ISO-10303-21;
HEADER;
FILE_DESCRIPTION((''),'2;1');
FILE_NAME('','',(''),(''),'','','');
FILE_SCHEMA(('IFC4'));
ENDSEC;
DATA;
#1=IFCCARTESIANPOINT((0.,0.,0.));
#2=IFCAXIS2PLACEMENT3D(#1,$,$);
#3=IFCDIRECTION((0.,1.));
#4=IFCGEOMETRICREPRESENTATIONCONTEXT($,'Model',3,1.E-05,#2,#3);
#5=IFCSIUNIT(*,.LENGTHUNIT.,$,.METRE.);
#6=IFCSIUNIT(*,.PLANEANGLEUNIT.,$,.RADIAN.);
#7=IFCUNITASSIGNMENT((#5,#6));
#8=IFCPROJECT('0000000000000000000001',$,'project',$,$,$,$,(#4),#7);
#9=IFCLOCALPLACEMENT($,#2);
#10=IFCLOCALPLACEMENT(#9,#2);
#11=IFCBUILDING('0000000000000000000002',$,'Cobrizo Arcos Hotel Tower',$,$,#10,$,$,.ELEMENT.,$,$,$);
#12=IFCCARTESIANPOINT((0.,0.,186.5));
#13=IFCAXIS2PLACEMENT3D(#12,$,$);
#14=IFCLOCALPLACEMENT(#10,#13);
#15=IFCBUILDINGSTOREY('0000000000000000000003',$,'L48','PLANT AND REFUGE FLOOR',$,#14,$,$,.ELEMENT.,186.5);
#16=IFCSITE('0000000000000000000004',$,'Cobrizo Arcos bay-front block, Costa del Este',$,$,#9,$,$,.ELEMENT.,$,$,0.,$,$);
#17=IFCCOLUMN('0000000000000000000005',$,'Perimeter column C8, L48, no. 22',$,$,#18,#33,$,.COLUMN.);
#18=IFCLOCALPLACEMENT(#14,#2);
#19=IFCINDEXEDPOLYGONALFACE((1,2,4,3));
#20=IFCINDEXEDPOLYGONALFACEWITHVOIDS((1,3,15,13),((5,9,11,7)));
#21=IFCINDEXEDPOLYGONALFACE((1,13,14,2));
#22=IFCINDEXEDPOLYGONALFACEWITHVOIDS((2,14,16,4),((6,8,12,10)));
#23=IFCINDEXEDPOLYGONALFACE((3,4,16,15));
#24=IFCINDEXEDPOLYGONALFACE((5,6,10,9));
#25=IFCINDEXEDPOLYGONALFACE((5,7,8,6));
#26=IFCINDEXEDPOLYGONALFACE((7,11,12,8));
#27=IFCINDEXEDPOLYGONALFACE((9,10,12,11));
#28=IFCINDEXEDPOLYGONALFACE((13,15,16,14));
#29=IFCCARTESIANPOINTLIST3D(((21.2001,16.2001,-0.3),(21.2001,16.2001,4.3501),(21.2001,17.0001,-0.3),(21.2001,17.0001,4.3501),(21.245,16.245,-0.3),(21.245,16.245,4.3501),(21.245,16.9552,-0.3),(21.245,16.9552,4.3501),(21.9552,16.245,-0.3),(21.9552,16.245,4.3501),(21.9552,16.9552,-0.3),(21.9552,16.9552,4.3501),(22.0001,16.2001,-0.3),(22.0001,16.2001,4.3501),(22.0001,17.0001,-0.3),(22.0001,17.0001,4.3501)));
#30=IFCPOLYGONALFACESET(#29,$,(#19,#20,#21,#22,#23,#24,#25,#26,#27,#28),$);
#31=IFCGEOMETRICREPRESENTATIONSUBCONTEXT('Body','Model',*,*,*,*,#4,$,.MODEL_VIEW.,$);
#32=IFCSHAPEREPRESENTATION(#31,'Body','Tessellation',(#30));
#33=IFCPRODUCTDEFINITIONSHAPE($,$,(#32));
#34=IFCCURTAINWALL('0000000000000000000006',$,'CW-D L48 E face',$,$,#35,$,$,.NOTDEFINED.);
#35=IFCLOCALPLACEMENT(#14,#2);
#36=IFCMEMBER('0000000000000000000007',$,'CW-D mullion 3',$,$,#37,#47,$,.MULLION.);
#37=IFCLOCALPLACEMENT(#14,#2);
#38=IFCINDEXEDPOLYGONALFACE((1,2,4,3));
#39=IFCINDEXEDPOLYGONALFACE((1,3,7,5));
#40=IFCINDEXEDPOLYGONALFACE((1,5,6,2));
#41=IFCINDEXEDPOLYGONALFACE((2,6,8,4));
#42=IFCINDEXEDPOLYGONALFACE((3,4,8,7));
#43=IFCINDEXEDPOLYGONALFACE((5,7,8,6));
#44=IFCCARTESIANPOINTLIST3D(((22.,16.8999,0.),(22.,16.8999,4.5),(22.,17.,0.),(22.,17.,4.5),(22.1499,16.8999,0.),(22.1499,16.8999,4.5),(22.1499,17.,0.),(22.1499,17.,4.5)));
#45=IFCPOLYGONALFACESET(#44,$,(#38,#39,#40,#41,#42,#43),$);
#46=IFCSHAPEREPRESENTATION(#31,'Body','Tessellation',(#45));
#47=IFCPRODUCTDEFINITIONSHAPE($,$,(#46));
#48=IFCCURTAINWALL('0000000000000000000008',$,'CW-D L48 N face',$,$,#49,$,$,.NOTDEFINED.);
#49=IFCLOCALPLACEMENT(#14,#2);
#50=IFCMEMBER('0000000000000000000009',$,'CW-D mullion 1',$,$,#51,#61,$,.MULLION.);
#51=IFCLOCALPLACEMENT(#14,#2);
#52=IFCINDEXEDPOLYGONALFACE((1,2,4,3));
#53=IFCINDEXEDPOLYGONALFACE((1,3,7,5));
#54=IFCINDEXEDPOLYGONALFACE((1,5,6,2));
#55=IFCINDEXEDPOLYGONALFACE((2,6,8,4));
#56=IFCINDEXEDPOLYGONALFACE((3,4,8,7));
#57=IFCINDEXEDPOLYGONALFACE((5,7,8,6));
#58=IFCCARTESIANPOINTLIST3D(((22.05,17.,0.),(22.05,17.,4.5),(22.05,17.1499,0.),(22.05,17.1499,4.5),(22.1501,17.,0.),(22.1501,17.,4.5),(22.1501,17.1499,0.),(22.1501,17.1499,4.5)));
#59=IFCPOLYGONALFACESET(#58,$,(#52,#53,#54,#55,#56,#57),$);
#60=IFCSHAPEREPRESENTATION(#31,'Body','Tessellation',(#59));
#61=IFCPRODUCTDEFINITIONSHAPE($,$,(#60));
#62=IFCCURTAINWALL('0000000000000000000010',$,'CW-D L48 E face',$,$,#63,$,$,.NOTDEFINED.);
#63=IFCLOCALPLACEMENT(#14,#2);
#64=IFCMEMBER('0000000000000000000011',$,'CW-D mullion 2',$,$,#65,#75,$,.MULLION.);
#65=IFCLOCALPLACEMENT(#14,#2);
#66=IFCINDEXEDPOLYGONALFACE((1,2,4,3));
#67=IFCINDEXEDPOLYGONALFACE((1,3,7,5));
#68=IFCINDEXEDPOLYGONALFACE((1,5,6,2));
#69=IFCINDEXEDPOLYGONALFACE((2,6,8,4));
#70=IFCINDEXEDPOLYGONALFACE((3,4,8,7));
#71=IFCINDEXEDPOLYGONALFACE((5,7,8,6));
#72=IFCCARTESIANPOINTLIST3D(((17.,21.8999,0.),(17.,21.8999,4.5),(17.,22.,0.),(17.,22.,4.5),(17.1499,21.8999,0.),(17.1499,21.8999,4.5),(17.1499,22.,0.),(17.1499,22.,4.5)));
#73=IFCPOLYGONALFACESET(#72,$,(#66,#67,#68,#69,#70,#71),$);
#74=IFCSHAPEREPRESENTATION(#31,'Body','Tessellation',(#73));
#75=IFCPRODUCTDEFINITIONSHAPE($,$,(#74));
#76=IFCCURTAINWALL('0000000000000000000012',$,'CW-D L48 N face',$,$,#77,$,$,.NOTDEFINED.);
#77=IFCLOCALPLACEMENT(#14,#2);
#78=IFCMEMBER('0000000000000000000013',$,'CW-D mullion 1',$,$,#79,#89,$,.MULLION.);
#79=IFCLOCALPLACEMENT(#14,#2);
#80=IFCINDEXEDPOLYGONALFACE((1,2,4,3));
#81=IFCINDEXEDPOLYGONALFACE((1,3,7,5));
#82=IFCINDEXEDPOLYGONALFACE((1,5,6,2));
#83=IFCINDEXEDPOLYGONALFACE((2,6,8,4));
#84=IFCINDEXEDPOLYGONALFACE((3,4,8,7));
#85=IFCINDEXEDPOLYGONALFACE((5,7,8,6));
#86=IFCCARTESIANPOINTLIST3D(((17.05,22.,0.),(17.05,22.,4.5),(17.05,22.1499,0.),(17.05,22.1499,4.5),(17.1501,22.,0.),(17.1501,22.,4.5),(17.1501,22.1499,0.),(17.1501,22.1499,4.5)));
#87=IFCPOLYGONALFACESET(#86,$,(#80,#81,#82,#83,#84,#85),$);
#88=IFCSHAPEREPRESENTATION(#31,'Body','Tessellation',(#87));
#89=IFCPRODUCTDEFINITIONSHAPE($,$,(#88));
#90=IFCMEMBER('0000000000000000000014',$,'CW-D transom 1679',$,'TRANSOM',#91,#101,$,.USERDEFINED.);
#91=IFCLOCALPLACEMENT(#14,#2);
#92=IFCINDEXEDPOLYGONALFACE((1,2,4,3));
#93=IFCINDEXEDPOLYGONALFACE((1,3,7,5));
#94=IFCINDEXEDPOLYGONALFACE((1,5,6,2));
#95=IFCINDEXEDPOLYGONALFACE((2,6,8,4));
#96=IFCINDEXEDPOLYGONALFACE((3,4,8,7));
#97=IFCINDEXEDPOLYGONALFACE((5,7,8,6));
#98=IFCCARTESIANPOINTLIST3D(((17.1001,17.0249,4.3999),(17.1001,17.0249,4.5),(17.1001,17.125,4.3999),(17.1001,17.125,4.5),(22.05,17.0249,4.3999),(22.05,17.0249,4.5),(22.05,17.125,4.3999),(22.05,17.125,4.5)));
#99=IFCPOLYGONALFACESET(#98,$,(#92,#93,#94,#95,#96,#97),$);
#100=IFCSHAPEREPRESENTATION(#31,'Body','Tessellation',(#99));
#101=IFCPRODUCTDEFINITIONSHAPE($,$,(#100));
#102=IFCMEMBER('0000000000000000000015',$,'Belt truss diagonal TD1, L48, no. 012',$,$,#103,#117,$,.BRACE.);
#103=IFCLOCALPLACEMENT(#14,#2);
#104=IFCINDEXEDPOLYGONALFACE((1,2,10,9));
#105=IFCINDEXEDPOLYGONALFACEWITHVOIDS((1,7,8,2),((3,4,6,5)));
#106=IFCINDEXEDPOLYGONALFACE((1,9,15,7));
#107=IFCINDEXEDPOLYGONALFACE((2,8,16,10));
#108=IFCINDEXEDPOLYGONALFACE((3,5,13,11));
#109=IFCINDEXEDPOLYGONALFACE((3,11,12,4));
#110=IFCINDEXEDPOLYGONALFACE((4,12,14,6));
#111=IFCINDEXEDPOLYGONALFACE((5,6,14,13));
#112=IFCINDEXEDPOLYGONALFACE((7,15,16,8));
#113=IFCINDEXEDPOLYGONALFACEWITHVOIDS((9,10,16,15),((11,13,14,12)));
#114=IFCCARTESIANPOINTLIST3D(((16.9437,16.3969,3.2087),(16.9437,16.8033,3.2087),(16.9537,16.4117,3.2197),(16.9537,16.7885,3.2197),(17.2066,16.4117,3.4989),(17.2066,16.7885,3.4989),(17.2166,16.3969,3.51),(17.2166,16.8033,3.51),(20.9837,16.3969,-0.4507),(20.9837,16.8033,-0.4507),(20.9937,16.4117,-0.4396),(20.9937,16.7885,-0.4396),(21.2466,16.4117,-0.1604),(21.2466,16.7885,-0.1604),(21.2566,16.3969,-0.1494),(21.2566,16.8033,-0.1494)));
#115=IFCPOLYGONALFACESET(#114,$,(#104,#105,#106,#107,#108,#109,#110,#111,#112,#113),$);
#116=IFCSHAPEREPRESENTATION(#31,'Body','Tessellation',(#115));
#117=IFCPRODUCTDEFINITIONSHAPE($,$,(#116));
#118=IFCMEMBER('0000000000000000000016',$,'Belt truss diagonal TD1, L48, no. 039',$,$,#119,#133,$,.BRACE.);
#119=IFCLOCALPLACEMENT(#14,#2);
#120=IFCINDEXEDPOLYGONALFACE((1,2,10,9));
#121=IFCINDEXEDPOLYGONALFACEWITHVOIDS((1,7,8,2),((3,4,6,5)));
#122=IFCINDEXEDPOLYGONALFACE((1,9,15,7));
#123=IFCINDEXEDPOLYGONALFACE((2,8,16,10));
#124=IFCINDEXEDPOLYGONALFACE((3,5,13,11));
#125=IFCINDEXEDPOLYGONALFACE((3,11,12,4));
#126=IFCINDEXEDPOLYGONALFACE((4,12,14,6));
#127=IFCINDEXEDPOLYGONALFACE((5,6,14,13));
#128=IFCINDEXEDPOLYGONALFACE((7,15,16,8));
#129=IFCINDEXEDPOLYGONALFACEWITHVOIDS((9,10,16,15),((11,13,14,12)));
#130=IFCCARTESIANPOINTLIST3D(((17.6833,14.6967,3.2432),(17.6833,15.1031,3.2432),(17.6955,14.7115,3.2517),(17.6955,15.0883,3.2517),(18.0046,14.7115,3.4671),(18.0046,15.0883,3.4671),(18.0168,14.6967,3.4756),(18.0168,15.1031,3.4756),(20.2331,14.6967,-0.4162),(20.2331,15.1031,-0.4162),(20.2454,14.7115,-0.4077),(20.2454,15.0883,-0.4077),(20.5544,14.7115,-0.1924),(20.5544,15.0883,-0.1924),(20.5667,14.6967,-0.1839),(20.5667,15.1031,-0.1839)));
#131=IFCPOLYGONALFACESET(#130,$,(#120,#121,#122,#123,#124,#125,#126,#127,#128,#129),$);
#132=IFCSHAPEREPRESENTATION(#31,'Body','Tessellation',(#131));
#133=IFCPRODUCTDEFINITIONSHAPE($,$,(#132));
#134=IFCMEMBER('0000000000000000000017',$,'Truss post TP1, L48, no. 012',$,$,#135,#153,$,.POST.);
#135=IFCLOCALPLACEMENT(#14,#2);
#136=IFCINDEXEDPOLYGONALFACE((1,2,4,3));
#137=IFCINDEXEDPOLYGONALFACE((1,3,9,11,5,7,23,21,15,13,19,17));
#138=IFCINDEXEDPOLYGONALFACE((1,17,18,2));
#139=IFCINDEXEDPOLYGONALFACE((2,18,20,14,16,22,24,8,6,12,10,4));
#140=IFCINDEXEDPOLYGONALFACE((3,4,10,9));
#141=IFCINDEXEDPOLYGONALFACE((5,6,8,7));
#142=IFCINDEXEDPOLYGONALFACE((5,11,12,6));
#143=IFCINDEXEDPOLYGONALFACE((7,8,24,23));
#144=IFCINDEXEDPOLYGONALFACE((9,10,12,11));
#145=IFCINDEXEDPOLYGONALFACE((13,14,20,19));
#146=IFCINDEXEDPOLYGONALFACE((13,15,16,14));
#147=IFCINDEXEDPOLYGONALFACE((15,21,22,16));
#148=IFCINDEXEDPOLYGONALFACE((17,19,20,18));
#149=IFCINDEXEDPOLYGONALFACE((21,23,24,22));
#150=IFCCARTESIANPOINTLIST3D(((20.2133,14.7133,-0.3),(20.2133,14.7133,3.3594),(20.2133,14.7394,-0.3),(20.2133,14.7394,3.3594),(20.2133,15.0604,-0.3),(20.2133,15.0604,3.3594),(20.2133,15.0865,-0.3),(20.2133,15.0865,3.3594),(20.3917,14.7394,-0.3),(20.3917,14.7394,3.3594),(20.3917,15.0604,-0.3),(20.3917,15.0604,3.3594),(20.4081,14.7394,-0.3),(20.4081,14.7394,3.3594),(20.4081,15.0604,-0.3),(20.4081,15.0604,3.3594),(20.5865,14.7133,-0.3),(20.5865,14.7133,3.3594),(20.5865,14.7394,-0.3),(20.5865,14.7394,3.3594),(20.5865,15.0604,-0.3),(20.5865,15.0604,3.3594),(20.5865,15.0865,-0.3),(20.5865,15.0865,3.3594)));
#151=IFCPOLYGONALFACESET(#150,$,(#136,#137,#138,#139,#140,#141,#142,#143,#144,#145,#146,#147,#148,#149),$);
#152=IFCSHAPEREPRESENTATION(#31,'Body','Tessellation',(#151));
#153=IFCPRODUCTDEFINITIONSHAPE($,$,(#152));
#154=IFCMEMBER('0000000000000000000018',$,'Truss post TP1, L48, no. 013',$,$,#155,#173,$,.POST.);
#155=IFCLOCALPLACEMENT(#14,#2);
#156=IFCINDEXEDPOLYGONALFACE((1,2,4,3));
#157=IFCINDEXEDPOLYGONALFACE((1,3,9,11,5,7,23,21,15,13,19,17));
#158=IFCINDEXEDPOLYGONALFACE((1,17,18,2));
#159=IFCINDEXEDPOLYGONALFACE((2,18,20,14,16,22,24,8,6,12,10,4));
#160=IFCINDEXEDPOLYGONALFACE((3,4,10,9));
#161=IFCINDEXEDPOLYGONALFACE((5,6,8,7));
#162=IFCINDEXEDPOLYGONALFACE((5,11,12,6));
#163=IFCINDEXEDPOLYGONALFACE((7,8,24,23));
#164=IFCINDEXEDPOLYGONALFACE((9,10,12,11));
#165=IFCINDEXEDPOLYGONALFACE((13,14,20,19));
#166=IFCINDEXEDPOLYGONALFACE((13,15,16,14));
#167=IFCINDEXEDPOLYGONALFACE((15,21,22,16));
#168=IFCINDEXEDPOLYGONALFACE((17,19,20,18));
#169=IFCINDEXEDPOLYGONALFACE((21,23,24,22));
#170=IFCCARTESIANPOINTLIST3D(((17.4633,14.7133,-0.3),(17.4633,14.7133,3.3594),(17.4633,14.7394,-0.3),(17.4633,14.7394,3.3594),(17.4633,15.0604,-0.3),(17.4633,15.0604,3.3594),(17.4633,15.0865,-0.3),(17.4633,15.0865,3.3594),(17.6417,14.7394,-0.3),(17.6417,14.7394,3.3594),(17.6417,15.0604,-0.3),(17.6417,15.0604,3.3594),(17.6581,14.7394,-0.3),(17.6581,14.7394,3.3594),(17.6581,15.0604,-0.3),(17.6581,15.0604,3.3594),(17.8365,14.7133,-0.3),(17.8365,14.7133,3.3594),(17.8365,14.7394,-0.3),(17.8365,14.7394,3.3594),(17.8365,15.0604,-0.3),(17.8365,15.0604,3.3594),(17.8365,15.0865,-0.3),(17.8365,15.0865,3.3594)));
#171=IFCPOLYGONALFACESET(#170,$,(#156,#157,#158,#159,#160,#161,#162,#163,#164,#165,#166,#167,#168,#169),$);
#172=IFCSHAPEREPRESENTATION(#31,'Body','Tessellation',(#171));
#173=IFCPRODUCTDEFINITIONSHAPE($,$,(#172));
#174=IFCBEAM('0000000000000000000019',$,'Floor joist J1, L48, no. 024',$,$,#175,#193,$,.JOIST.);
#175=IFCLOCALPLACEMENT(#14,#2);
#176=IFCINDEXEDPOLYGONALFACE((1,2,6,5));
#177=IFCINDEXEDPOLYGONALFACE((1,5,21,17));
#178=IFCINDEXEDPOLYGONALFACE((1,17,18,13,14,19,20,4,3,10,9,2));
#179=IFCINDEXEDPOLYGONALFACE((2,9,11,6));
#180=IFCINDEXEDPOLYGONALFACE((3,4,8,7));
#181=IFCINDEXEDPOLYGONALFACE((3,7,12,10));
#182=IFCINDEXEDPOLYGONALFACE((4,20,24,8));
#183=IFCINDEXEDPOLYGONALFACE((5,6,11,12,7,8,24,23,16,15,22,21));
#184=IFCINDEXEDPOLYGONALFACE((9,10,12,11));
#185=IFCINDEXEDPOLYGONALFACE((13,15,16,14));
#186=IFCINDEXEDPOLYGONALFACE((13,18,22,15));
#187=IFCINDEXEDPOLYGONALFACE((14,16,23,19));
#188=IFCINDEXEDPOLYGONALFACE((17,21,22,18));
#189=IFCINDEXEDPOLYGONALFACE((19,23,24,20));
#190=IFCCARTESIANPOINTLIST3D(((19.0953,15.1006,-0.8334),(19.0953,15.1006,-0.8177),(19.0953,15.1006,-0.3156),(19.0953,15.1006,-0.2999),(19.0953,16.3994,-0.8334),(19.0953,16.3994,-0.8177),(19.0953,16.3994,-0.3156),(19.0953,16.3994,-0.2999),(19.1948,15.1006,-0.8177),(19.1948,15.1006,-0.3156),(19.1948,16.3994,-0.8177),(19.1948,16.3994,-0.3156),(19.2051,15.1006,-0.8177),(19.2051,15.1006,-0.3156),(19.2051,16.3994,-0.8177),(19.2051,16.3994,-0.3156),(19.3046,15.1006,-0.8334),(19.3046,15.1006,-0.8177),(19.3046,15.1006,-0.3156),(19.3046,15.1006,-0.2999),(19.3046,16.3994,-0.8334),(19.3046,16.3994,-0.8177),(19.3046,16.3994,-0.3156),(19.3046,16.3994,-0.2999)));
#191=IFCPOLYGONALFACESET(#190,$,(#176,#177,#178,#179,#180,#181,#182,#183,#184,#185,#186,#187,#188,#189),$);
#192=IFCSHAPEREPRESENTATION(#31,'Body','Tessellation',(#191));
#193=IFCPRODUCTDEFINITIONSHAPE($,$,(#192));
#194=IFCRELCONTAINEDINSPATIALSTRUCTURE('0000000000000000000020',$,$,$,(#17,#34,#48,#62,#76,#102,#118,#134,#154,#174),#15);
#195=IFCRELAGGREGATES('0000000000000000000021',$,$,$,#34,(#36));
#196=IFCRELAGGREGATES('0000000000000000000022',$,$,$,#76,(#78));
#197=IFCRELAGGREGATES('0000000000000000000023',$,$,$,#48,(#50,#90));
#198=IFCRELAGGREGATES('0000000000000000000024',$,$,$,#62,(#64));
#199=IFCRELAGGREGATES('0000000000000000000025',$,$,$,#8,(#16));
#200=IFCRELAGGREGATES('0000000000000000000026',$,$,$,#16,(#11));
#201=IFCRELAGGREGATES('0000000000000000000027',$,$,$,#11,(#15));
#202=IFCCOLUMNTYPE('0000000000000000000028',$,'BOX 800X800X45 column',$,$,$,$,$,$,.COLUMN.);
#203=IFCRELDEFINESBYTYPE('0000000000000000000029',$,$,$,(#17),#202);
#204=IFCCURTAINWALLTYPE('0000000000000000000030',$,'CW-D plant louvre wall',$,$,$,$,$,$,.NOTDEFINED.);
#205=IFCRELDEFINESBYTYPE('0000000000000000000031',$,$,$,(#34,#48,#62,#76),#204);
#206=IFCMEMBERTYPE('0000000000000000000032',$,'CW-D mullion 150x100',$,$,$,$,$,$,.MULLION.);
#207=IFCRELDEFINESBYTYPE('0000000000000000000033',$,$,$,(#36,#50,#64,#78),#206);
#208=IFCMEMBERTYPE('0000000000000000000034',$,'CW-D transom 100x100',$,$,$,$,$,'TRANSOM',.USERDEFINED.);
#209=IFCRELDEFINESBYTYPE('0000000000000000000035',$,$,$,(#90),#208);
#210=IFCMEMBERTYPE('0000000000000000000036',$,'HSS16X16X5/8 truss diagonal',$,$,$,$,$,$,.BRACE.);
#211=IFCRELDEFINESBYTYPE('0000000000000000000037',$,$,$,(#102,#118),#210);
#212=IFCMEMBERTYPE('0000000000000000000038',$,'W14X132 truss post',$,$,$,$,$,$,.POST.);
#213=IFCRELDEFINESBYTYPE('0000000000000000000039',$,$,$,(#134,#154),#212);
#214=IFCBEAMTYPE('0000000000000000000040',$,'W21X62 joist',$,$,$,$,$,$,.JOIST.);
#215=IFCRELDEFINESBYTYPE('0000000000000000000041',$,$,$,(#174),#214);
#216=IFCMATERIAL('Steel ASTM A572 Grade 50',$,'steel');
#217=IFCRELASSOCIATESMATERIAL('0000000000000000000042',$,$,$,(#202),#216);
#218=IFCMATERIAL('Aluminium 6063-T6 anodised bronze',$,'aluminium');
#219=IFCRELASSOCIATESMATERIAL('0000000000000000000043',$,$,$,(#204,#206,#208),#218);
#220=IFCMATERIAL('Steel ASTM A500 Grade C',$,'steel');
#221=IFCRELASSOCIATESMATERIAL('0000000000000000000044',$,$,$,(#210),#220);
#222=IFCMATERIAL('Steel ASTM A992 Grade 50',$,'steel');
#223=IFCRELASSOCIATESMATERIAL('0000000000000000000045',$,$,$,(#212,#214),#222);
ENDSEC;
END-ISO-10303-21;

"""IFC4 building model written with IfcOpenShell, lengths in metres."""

from ifc_helpers import new_model, si_unit, direction, frame, origin, origin_2d, place, context, subcontext, project, spatial, rectangle, hollow_rectangle, i_section, extrude, material, material_profile, profile_set, type_object, element, aggregate, save


model = new_model("IFC4")

# Units and contexts
model_context = context("Model", 3, precision=1e-05, world=origin(), true_north=direction((0.0, 1.0)))
body_context = subcontext(model_context, "Body", "Model", "MODEL_VIEW")
ifc_project = project(units=[si_unit("LENGTHUNIT", "METRE"), si_unit("PLANEANGLEUNIT", "RADIAN")], contexts=[model_context])

# Site, building, storey
site_placement = place(None, origin())
site = spatial("IfcSite", under=ifc_project, at=site_placement, Name="Cobrizo Arcos bay-front block, Costa del Este", CompositionType="ELEMENT", RefElevation=0.0)
building_placement = place(site_placement, origin())
building = spatial("IfcBuilding", under=site, at=building_placement, Name="Cobrizo Arcos Hotel Tower", CompositionType="ELEMENT")
storey_placement = place(building_placement, frame((0.0, 0.0, 186.5)))
storey = spatial("IfcBuildingStorey", under=building, at=storey_placement, Name="L48", Description="PLANT AND REFUGE FLOOR", CompositionType="ELEMENT", Elevation=186.5)

# Column
ifc_material_1 = material(Name="Steel ASTM A572 Grade 50", Category="steel")
ifc_material_profile_1 = material_profile(ifc_material_1, hollow_rectangle(XDim=0.8, YDim=0.8, WallThickness=0.0449, at=origin_2d()), Name="BOX 800X800X45")
ifc_profile_set_1 = profile_set([ifc_material_profile_1], Name="Steel ASTM A572 Grade 50")
column_type = type_object("IfcColumnType", Name="BOX 800X800X45 column", PredefinedType="COLUMN", material=ifc_profile_set_1)
column_placement = place(storey_placement, frame((21.6001, 16.6001, -0.3), z_axis=(0.0, 0.0, 1.0), x_axis=(1.0, 0.0, 0.0)))
element("IfcColumn", 1, at=column_placement, inside=storey, type_object=column_type, Name="Perimeter column C8, L48, no. 22", PredefinedType="COLUMN", context=body_context, shape_type="SweptSolid", body=[
    extrude(hollow_rectangle(XDim=0.8, YDim=0.8, WallThickness=0.0449, at=origin_2d()), origin(), (0.0, 0.0, 1.0), 4.6501),
])

# Curtain walls, members
ifc_material_2 = material(Name="Aluminium 6063-T6 anodised bronze", Category="aluminium")
curtain_wall_type = type_object("IfcCurtainWallType", Name="CW-D plant louvre wall", PredefinedType="NOTDEFINED", material=ifc_material_2)
curtain_wall_1_placement = place(storey_placement, origin())
curtain_wall_1 = element("IfcCurtainWall", 2, at=curtain_wall_1_placement, inside=storey, type_object=curtain_wall_type, Name="CW-D L48 E face", PredefinedType="NOTDEFINED")
ifc_material_profile_2 = material_profile(ifc_material_2, rectangle(XDim=0.1499, YDim=0.1001, at=origin_2d()), Name="CW-D mullion 150x100")
ifc_profile_set_2 = profile_set([ifc_material_profile_2], Name="Aluminium 6063-T6 anodised bronze")
member_type_1 = type_object("IfcMemberType", Name="CW-D mullion 150x100", PredefinedType="MULLION", material=ifc_profile_set_2)
member_1_placement = place(storey_placement, frame((22.075, 16.95, 0.0), z_axis=(0.0, 0.0, 1.0), x_axis=(1.0, 0.0, 0.0)))
member_1 = element("IfcMember", 3, at=member_1_placement, type_object=member_type_1, Name="CW-D mullion 3", PredefinedType="MULLION", context=body_context, shape_type="SweptSolid", body=[
    extrude(rectangle(XDim=0.1499, YDim=0.1001, at=origin_2d()), origin(), (0.0, 0.0, 1.0), 4.5),
])
aggregate(curtain_wall_1, [member_1])
curtain_wall_2_placement = place(storey_placement, origin())
curtain_wall_2 = element("IfcCurtainWall", 4, at=curtain_wall_2_placement, inside=storey, type_object=curtain_wall_type, Name="CW-D L48 N face", PredefinedType="NOTDEFINED")
member_2_placement = place(storey_placement, frame((22.1001, 17.075, 0.0), z_axis=(0.0, 0.0, 1.0), x_axis=(0.0, 1.0, 0.0)))
member_2 = element("IfcMember", 5, at=member_2_placement, type_object=member_type_1, Name="CW-D mullion 1", PredefinedType="MULLION", context=body_context, shape_type="SweptSolid", body=[
    extrude(rectangle(XDim=0.1499, YDim=0.1001, at=origin_2d()), origin(), (0.0, 0.0, 1.0), 4.5),
])
curtain_wall_3_placement = place(storey_placement, origin())
curtain_wall_3 = element("IfcCurtainWall", 6, at=curtain_wall_3_placement, inside=storey, type_object=curtain_wall_type, Name="CW-D L48 E face", PredefinedType="NOTDEFINED")
member_3_placement = place(storey_placement, frame((17.075, 21.95, 0.0), z_axis=(0.0, 0.0, 1.0), x_axis=(1.0, 0.0, 0.0)))
member_3 = element("IfcMember", 7, at=member_3_placement, type_object=member_type_1, Name="CW-D mullion 2", PredefinedType="MULLION", context=body_context, shape_type="SweptSolid", body=[
    extrude(rectangle(XDim=0.1499, YDim=0.1001, at=origin_2d()), origin(), (0.0, 0.0, 1.0), 4.5),
])
curtain_wall_4_placement = place(storey_placement, origin())
curtain_wall_4 = element("IfcCurtainWall", 8, at=curtain_wall_4_placement, inside=storey, type_object=curtain_wall_type, Name="CW-D L48 N face", PredefinedType="NOTDEFINED")
member_4_placement = place(storey_placement, frame((17.1001, 22.075, 0.0), z_axis=(0.0, 0.0, 1.0), x_axis=(0.0, 1.0, 0.0)))
member_4 = element("IfcMember", 9, at=member_4_placement, type_object=member_type_1, Name="CW-D mullion 1", PredefinedType="MULLION", context=body_context, shape_type="SweptSolid", body=[
    extrude(rectangle(XDim=0.1499, YDim=0.1001, at=origin_2d()), origin(), (0.0, 0.0, 1.0), 4.5),
])
aggregate(curtain_wall_4, [member_4])

# Member
ifc_material_profile_3 = material_profile(ifc_material_2, rectangle(XDim=0.1001, YDim=0.1001, at=origin_2d()), Name="CW-D transom 100x100")
ifc_profile_set_3 = profile_set([ifc_material_profile_3], Name="Aluminium 6063-T6 anodised bronze")
member_type_2 = type_object("IfcMemberType", Name="CW-D transom 100x100", ElementType="TRANSOM", PredefinedType="USERDEFINED", material=ifc_profile_set_3)
member_5_placement = place(storey_placement, frame((22.05, 17.075, 4.45), z_axis=(-1.0, 0.0, 0.0), x_axis=(0.0, -1.0, 0.0)))
member_5 = element("IfcMember", 10, at=member_5_placement, type_object=member_type_2, Name="CW-D transom 1679", ObjectType="TRANSOM", PredefinedType="USERDEFINED", context=body_context, shape_type="SweptSolid", body=[
    extrude(rectangle(XDim=0.1001, YDim=0.1001, at=origin_2d()), origin(), (0.0, 0.0, 1.0), 4.95),
])

# Members
ifc_material_3 = material(Name="Steel ASTM A500 Grade C", Category="steel")
ifc_material_profile_4 = material_profile(ifc_material_3, hollow_rectangle(XDim=0.4065, YDim=0.4065, WallThickness=0.0149, at=origin_2d()), Name="HSS16X16X5/8")
ifc_profile_set_4 = profile_set([ifc_material_profile_4], Name="Steel ASTM A500 Grade C")
member_type_3 = type_object("IfcMemberType", Name="HSS16X16X5/8 truss diagonal", PredefinedType="BRACE", material=ifc_profile_set_4)
member_6_placement = place(storey_placement, frame((21.1201, 16.6001, -0.3), z_axis=(-0.741157, 0.0, 0.671332), x_axis=(0.0, -1.0, 0.0)))
element("IfcMember", 11, at=member_6_placement, inside=storey, type_object=member_type_3, Name="Belt truss diagonal TD1, L48, no. 012", PredefinedType="BRACE", context=body_context, shape_type="SweptSolid", body=[
    extrude(hollow_rectangle(XDim=0.4065, YDim=0.4065, WallThickness=0.0149, at=origin_2d()), origin(), (0.0, 0.0, 1.0), 5.4509),
])
member_7_placement = place(storey_placement, frame((20.3999, 14.8999, -0.3), z_axis=(-0.571687, 0.0, 0.820472), x_axis=(0.0, -1.0, 0.0)))
element("IfcMember", 12, at=member_7_placement, inside=storey, type_object=member_type_3, Name="Belt truss diagonal TD1, L48, no. 039", PredefinedType="BRACE", context=body_context, shape_type="SweptSolid", body=[
    extrude(hollow_rectangle(XDim=0.4065, YDim=0.4065, WallThickness=0.0149, at=origin_2d()), origin(), (0.0, 0.0, 1.0), 4.4602),
])
ifc_material_4 = material(Name="Steel ASTM A992 Grade 50", Category="steel")
ifc_material_profile_5 = material_profile(ifc_material_4, i_section(OverallWidth=0.3733, OverallDepth=0.3733, WebThickness=0.0164, FlangeThickness=0.0261, at=origin_2d()), Name="W14X132")
ifc_profile_set_5 = profile_set([ifc_material_profile_5], Name="Steel ASTM A992 Grade 50")
member_type_4 = type_object("IfcMemberType", Name="W14X132 truss post", PredefinedType="POST", material=ifc_profile_set_5)
for number, where, z_axis, x_axis, name in (
    (13, (20.3999, 14.8999, -0.3), (0.0, 0.0, 1.0), (1.0, 0.0, 0.0), "Truss post TP1, L48, no. 012"),
    (14, (17.6499, 14.8999, -0.3), (0.0, 0.0, 1.0), (1.0, 0.0, 0.0), "Truss post TP1, L48, no. 013"),
):
    element("IfcMember", number, at=place(storey_placement, frame(where, z_axis=z_axis, x_axis=x_axis)), inside=storey, type_object=member_type_4, Name=name, PredefinedType="POST", context=body_context, shape_type="SweptSolid", body=[
        extrude(i_section(OverallWidth=0.3733, OverallDepth=0.3733, WebThickness=0.0164, FlangeThickness=0.0261, at=origin_2d()), origin(), (0.0, 0.0, 1.0), 3.6594),
    ])

# Beam
ifc_material_profile_6 = material_profile(ifc_material_4, i_section(OverallWidth=0.2092, OverallDepth=0.5334, WebThickness=0.0103, FlangeThickness=0.0156, at=origin_2d()), Name="W21X62")
ifc_profile_set_6 = profile_set([ifc_material_profile_6], Name="Steel ASTM A992 Grade 50")
beam_type = type_object("IfcBeamType", Name="W21X62 joist", PredefinedType="JOIST", material=ifc_profile_set_6)
beam_placement = place(storey_placement, frame((19.2, 15.1006, -0.5667), z_axis=(0.0, 1.0, 0.0), x_axis=(-1.0, 0.0, 0.0)))
element("IfcBeam", 15, at=beam_placement, inside=storey, type_object=beam_type, Name="Floor joist J1, L48, no. 024", PredefinedType="JOIST", context=body_context, shape_type="SweptSolid", body=[
    extrude(i_section(OverallWidth=0.2092, OverallDepth=0.5334, WebThickness=0.0103, FlangeThickness=0.0156, at=origin_2d()), origin(), (0.0, 0.0, 1.0), 1.2988),
])

aggregate(curtain_wall_2, [member_2, member_5])
aggregate(curtain_wall_3, [member_3])

save(model, "model.ifc")
